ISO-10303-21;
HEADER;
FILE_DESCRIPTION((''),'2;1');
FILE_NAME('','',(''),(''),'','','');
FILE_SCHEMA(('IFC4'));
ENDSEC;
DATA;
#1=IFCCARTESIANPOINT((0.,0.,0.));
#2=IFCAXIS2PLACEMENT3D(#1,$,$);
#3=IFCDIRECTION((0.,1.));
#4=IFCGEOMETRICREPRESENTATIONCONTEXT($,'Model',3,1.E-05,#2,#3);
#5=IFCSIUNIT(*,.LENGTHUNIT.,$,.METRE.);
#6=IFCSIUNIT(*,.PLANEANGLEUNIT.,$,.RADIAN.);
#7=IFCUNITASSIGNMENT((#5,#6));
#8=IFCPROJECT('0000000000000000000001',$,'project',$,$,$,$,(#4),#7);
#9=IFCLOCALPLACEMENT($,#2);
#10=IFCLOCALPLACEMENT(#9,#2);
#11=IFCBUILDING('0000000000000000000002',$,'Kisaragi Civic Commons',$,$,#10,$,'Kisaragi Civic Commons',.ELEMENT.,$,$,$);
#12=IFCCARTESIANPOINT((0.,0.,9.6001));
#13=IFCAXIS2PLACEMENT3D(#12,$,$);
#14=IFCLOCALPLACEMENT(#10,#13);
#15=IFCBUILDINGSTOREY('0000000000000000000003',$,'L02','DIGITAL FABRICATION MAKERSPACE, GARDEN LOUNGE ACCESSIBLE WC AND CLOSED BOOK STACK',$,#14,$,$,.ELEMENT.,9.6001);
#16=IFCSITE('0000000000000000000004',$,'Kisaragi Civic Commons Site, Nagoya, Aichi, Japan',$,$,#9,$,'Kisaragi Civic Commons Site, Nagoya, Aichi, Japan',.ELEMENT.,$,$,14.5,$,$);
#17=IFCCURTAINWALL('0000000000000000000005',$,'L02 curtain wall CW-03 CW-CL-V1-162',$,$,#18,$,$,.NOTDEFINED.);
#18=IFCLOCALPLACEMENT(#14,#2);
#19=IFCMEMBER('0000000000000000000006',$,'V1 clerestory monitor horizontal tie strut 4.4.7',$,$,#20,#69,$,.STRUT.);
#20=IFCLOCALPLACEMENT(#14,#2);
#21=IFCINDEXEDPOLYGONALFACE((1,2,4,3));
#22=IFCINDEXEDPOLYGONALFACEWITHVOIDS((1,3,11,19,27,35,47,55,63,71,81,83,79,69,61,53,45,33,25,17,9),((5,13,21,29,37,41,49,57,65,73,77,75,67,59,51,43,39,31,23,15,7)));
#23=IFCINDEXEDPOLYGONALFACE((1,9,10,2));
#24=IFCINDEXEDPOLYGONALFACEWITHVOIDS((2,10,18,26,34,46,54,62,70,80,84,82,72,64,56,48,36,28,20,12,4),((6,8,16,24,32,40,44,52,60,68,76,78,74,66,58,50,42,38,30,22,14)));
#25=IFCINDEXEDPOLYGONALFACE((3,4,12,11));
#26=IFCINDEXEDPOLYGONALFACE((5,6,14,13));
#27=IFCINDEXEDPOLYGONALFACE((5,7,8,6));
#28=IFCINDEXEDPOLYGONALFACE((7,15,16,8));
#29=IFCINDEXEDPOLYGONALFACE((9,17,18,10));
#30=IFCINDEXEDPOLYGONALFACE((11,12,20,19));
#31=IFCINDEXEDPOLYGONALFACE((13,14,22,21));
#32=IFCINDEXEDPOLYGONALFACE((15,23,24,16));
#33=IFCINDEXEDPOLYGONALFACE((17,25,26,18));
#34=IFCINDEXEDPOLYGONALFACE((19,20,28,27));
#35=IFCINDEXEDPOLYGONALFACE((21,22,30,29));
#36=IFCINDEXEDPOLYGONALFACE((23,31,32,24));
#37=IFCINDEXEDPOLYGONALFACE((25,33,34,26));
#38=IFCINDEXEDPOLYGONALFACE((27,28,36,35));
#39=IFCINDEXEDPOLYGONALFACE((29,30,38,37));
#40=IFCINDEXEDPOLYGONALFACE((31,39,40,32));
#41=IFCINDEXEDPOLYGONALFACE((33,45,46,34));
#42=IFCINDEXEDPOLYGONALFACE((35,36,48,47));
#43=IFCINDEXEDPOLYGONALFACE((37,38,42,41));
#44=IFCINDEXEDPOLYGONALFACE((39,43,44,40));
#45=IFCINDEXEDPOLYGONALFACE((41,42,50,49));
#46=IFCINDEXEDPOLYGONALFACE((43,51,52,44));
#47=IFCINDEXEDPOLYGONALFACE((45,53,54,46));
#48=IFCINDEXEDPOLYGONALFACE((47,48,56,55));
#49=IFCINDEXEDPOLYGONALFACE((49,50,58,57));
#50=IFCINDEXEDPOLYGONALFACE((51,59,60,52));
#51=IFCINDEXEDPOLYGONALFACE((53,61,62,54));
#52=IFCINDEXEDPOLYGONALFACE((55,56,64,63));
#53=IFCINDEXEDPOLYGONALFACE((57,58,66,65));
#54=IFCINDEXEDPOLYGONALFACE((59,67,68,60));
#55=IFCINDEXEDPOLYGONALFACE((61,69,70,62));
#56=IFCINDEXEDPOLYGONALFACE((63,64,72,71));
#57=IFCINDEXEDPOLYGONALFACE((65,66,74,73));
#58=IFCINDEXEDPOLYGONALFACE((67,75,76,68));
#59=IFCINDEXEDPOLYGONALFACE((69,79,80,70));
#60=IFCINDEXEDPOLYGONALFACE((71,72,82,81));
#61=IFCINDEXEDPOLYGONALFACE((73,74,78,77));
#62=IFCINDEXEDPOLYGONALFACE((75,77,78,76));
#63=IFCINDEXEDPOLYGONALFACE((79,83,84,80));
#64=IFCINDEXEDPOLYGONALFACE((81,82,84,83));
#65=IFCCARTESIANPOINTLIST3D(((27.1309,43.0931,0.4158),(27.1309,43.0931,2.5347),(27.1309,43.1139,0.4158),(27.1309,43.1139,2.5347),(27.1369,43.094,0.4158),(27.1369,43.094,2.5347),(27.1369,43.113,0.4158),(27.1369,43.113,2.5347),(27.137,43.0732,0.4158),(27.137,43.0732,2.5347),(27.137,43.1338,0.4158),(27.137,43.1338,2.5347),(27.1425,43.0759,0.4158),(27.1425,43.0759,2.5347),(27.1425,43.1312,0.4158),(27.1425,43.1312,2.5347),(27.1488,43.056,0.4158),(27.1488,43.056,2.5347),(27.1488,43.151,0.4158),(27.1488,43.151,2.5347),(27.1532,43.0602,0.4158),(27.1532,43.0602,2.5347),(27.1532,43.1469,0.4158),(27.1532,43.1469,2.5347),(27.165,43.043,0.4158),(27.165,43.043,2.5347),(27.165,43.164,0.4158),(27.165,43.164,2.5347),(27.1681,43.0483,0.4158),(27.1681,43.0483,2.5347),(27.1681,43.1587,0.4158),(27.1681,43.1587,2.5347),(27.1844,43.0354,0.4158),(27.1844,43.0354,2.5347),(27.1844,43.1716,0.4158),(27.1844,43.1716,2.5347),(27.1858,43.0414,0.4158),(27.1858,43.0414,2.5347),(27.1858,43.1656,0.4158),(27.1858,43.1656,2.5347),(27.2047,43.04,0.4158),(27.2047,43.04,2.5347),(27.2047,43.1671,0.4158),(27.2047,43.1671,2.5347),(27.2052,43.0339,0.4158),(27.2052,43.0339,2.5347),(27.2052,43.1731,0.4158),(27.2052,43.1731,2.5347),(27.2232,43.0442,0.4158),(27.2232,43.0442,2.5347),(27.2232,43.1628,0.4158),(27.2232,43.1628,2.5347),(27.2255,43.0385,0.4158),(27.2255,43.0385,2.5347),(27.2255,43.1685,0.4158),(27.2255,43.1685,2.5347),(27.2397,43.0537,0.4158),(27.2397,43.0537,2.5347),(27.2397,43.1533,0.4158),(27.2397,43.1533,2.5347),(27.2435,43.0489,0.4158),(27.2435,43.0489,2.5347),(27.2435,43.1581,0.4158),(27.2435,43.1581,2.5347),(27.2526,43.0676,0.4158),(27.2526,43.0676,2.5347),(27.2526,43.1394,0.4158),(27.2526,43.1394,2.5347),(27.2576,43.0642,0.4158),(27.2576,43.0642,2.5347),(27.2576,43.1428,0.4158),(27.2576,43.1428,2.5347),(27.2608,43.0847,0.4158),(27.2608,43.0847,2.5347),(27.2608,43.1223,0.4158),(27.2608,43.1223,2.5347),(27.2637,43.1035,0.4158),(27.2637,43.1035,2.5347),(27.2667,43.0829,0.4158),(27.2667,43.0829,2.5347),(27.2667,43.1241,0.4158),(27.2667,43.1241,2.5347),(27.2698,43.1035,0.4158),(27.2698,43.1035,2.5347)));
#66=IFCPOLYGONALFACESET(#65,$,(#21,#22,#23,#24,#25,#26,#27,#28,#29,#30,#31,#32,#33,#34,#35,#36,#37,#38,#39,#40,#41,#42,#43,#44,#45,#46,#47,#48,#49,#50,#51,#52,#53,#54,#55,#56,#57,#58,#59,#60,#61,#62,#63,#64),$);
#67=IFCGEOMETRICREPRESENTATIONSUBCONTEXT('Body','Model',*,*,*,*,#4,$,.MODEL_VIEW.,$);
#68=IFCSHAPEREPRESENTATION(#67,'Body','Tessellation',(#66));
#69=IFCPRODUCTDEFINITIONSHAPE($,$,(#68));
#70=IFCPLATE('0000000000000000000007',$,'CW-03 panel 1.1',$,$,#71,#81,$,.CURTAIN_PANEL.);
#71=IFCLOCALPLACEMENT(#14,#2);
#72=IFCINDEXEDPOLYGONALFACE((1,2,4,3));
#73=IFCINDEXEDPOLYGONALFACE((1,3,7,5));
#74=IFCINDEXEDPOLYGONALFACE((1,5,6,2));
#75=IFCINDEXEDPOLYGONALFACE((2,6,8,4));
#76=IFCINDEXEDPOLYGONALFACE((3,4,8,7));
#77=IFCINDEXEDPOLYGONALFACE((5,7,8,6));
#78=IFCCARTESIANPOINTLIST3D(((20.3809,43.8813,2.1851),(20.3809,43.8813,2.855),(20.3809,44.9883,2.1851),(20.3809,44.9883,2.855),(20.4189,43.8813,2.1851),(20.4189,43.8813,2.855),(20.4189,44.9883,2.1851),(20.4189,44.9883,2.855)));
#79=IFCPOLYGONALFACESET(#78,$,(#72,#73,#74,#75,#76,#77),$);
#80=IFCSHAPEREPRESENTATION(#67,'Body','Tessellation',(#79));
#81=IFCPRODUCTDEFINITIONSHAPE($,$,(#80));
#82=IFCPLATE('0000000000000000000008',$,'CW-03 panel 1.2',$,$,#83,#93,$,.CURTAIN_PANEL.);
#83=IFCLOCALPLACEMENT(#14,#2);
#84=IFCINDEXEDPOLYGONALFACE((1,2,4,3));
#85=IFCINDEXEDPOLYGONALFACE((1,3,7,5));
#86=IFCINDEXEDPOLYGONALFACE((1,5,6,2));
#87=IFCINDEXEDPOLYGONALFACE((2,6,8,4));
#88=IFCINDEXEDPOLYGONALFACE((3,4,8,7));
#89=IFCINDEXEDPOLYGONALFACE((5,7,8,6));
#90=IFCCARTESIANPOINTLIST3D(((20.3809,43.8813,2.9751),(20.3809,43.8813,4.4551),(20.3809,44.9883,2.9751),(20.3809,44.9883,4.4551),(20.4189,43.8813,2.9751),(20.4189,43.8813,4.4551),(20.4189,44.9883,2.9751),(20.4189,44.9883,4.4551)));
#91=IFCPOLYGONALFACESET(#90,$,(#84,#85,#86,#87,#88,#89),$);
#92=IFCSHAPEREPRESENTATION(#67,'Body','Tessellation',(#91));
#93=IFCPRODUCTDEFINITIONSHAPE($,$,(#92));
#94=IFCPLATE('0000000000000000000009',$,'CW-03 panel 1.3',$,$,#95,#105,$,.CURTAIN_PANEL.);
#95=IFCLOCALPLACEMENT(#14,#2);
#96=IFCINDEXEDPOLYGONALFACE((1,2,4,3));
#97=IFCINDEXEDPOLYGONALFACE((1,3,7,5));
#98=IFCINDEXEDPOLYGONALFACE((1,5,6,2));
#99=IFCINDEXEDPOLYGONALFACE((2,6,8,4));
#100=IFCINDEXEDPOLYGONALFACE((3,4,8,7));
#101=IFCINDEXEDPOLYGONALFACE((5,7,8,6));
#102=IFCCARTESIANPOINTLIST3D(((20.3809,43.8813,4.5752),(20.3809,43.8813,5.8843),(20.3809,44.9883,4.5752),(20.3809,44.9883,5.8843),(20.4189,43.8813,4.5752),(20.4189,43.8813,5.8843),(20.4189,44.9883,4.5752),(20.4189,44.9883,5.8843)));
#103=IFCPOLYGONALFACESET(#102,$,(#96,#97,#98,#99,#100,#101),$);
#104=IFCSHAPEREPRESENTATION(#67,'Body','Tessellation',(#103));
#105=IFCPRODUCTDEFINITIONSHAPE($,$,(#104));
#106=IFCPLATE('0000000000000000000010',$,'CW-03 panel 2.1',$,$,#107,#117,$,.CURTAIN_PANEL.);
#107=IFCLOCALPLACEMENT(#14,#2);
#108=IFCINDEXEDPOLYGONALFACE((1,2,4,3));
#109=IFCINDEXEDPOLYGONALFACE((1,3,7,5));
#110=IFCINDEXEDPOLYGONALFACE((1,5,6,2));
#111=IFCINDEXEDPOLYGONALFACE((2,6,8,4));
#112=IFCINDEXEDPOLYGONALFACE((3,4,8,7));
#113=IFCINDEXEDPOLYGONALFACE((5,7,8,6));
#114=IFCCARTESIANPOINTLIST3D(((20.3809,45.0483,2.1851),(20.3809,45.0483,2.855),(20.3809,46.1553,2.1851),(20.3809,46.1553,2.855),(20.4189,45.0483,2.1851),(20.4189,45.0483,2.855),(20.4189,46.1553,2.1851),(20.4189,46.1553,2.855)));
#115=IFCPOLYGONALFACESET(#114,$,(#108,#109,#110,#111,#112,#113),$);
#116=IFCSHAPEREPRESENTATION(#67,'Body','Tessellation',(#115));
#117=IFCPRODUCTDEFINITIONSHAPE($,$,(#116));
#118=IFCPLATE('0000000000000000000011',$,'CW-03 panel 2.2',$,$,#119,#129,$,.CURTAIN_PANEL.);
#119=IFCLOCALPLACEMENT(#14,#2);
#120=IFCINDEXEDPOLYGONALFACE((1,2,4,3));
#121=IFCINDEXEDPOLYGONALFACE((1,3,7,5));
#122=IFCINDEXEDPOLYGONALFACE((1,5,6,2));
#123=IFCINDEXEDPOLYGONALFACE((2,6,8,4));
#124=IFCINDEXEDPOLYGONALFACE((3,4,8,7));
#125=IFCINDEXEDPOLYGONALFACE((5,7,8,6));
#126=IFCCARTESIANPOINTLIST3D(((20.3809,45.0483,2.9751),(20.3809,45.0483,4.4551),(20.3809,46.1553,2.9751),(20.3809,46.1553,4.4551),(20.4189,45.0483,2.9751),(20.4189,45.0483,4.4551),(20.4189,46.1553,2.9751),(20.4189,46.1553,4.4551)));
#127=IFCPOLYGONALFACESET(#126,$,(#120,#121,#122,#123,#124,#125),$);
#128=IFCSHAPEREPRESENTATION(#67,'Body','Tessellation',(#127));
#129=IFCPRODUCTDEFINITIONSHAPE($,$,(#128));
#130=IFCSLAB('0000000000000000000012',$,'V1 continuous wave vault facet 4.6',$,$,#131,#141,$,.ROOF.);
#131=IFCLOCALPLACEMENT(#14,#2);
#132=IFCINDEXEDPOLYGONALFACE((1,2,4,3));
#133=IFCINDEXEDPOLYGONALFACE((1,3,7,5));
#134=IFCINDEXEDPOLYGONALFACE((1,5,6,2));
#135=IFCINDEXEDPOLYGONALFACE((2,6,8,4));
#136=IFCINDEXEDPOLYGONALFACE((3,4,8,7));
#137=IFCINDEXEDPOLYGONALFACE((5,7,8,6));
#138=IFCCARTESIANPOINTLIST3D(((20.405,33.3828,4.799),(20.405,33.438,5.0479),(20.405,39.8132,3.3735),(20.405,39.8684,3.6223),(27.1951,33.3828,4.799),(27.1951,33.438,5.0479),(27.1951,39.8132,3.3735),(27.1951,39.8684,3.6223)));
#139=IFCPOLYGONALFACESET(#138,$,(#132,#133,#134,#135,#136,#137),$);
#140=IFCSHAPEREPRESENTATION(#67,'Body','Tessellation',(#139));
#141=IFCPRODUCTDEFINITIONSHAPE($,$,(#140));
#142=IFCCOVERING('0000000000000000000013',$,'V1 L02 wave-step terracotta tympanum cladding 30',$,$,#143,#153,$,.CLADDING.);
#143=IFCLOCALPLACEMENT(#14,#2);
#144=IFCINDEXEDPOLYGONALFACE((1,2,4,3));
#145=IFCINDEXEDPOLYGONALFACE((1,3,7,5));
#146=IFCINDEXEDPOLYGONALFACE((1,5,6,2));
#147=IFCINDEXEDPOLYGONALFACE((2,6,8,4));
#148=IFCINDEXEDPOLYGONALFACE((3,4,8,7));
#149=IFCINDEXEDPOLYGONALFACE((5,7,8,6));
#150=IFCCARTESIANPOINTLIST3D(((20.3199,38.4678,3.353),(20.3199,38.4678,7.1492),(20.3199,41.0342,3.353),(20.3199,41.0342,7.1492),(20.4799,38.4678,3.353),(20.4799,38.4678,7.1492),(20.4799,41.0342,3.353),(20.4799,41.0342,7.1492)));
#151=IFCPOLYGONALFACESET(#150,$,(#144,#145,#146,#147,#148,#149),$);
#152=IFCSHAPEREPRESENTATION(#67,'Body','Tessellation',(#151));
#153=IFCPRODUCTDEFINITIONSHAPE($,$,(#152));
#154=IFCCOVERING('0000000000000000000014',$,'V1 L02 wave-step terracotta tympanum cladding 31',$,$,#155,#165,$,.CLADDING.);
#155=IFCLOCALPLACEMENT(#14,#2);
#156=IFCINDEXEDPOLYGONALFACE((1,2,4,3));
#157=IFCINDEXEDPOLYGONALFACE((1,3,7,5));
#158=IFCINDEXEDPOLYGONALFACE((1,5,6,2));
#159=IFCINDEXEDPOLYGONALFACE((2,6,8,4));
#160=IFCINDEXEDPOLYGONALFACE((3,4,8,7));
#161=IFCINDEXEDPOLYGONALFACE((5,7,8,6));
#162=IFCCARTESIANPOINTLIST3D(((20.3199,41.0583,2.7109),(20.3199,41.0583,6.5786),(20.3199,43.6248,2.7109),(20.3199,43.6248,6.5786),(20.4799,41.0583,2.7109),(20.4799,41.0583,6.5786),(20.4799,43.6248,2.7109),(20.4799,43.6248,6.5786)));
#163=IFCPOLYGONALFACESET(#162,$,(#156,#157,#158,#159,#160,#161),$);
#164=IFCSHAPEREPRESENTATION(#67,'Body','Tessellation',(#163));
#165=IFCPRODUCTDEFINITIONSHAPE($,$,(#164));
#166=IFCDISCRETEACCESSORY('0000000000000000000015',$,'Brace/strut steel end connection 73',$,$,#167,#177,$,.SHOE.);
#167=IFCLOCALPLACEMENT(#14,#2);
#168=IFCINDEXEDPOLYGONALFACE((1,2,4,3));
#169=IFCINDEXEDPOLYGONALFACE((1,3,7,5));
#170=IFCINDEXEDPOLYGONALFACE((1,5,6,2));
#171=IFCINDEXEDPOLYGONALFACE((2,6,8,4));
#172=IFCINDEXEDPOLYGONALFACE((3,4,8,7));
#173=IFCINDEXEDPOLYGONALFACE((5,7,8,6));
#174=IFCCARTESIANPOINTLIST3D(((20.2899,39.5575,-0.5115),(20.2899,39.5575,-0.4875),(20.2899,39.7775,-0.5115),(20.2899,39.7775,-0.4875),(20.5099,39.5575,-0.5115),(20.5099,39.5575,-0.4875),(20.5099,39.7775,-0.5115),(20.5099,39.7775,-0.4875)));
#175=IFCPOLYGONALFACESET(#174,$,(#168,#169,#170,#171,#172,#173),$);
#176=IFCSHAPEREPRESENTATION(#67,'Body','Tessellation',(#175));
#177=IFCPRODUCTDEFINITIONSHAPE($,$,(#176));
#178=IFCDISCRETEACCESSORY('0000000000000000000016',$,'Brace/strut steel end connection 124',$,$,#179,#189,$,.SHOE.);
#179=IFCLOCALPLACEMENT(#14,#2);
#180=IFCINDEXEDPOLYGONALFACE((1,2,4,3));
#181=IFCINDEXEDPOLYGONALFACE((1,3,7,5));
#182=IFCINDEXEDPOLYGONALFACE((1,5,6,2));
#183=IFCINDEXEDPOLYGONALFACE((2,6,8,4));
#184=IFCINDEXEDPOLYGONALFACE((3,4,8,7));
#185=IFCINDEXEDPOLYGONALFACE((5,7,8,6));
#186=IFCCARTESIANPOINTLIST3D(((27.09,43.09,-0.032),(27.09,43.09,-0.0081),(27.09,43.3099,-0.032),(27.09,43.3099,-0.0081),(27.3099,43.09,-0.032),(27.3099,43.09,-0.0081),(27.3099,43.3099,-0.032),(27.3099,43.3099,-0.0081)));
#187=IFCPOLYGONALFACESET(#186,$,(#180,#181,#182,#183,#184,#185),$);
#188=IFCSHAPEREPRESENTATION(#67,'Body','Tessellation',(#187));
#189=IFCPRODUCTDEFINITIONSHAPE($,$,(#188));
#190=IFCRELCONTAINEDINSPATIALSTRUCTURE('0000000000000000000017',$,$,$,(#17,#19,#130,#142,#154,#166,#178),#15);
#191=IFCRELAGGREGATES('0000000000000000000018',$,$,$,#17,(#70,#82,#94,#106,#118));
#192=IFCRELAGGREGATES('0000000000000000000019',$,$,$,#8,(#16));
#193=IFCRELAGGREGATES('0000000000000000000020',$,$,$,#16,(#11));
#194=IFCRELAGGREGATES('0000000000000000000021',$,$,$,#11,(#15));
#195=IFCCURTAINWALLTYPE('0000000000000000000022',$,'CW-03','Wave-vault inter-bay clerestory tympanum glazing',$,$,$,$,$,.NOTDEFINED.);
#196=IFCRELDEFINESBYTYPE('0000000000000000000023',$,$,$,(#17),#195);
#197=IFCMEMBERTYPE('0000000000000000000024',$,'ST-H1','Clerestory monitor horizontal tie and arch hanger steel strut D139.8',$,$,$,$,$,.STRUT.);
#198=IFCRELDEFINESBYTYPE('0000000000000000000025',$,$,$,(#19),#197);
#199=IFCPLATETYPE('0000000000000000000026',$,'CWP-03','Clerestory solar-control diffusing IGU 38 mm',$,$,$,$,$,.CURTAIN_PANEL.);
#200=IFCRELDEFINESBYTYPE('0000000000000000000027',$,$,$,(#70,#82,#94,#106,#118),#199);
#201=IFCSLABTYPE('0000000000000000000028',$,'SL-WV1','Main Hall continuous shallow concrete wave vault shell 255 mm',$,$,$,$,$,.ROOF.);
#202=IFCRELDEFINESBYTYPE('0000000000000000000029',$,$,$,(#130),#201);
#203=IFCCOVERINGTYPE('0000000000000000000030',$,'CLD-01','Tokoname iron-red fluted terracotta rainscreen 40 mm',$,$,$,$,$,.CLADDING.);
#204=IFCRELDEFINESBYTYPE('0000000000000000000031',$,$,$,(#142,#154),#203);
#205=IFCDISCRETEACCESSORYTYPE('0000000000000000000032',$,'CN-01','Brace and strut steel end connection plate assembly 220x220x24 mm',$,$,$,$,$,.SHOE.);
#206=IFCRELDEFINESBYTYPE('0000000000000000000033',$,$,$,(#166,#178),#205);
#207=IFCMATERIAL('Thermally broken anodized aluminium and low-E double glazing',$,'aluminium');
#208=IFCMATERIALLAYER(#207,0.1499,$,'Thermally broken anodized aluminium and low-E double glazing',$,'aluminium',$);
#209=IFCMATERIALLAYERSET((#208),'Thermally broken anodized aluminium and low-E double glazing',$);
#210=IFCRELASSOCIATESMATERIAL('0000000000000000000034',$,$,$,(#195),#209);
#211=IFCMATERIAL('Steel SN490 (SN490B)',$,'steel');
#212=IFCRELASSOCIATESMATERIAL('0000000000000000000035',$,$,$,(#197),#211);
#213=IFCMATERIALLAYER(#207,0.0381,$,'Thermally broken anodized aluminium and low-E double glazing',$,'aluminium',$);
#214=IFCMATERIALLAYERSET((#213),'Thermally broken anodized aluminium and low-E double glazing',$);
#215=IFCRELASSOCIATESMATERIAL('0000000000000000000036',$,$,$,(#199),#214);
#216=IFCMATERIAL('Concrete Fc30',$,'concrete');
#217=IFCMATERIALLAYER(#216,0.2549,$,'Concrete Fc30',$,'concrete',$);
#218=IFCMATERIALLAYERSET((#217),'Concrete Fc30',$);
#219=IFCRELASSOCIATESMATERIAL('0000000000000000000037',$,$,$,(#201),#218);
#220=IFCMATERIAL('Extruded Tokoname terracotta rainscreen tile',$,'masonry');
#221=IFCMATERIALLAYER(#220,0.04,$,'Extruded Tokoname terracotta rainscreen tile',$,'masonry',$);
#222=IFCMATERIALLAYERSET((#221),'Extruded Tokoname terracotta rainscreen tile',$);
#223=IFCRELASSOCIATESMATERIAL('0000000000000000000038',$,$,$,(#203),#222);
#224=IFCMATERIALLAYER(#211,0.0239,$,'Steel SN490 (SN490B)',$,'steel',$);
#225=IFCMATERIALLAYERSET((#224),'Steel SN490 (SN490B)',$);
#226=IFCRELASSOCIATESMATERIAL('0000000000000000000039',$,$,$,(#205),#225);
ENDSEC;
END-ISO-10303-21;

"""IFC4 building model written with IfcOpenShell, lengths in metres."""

from ifc_helpers import new_model, si_unit, direction, frame, origin, origin_2d, place, context, subcontext, project, spatial, polyline, rectangle, hollow_circle, outline, extrude, material, layer, layer_set, material_profile, profile_set, type_object, element, aggregate, save


model = new_model("IFC4")

# Units and contexts
model_context = context("Model", 3, precision=1e-05, world=origin(), true_north=direction((0.0, 1.0)))
body_context = subcontext(model_context, "Body", "Model", "MODEL_VIEW")
ifc_project = project(units=[si_unit("LENGTHUNIT", "METRE"), si_unit("PLANEANGLEUNIT", "RADIAN")], contexts=[model_context])

# Site, building, storey
site_placement = place(None, origin())
site = spatial("IfcSite", under=ifc_project, at=site_placement, Name="Kisaragi Civic Commons Site, Nagoya, Aichi, Japan", LongName="Kisaragi Civic Commons Site, Nagoya, Aichi, Japan", CompositionType="ELEMENT", RefElevation=14.5)
building_placement = place(site_placement, origin())
building = spatial("IfcBuilding", under=site, at=building_placement, Name="Kisaragi Civic Commons", LongName="Kisaragi Civic Commons", CompositionType="ELEMENT")
storey_placement = place(building_placement, frame((0.0, 0.0, 9.6001)))
storey = spatial("IfcBuildingStorey", under=building, at=storey_placement, Name="L02", Description="DIGITAL FABRICATION MAKERSPACE, GARDEN LOUNGE ACCESSIBLE WC AND CLOSED BOOK STACK", CompositionType="ELEMENT", Elevation=9.6001)

# Curtain wall
ifc_material_1 = material(Name="Thermally broken anodized aluminium and low-E double glazing", Category="aluminium")
ifc_layer_1 = layer(ifc_material_1, 0.1499, Name="Thermally broken anodized aluminium and low-E double glazing", Category="aluminium")
ifc_layer_set_1 = layer_set([ifc_layer_1], Name="Thermally broken anodized aluminium and low-E double glazing")
curtain_wall_type = type_object("IfcCurtainWallType", Name="CW-03", Description="Wave-vault inter-bay clerestory tympanum glazing", PredefinedType="NOTDEFINED", material=ifc_layer_set_1)
curtain_wall_placement = place(storey_placement, origin())
curtain_wall = element("IfcCurtainWall", 1, at=curtain_wall_placement, inside=storey, type_object=curtain_wall_type, Name="L02 curtain wall CW-03 CW-CL-V1-162", PredefinedType="NOTDEFINED")

# Member
ifc_material_2 = material(Name="Steel SN490 (SN490B)", Category="steel")
ifc_material_profile_1 = material_profile(ifc_material_2, hollow_circle(Radius=0.0698, WallThickness=0.0061, at=origin_2d()), Name="CHS-139.8x6.0", Category="steel")
ifc_profile_set_1 = profile_set([ifc_material_profile_1], Name="Steel SN490 (SN490B)")
member_type_1 = type_object("IfcMemberType", Name="ST-H1", Description="Clerestory monitor horizontal tie and arch hanger steel strut D139.8", PredefinedType="STRUT", material=ifc_profile_set_1)
member_1_placement = place(storey_placement, frame((27.2, 43.1035, 0.4158), z_axis=(0.0, 0.0, 1.0), x_axis=(1.0, 0.0, 0.0)))
element("IfcMember", 2, at=member_1_placement, inside=storey, type_object=member_type_1, Name="V1 clerestory monitor horizontal tie strut 4.4.7", PredefinedType="STRUT", context=body_context, shape_type="SweptSolid", body=[
    extrude(hollow_circle(Radius=0.0698, WallThickness=0.0061, at=origin_2d()), origin(), (0.0, 0.0, 1.0), 2.1189),
])

# Plates
ifc_layer_2 = layer(ifc_material_1, 0.0381, Name="Thermally broken anodized aluminium and low-E double glazing", Category="aluminium")
ifc_layer_set_2 = layer_set([ifc_layer_2], Name="Thermally broken anodized aluminium and low-E double glazing")
plate_type = type_object("IfcPlateType", Name="CWP-03", Description="Clerestory solar-control diffusing IGU 38 mm", PredefinedType="CURTAIN_PANEL", material=ifc_layer_set_2)
plate_1_placement = place(storey_placement, frame((20.3999, 44.4348, 2.1851), z_axis=(0.0, 0.0, 1.0), x_axis=(0.0, 1.0, 0.0)))
plate_1 = element("IfcPlate", 3, at=plate_1_placement, type_object=plate_type, Name="CW-03 panel 1.1", PredefinedType="CURTAIN_PANEL", context=body_context, shape_type="SweptSolid", body=[
    extrude(rectangle(XDim=1.1069, YDim=0.0381, at=origin_2d()), origin(), (0.0, 0.0, 1.0), 0.6699),
])
plate_2_placement = place(storey_placement, frame((20.3999, 44.4348, 2.9751), z_axis=(0.0, 0.0, 1.0), x_axis=(0.0, 1.0, 0.0)))
plate_2 = element("IfcPlate", 4, at=plate_2_placement, type_object=plate_type, Name="CW-03 panel 1.2", PredefinedType="CURTAIN_PANEL", context=body_context, shape_type="SweptSolid", body=[
    extrude(rectangle(XDim=1.1069, YDim=0.0381, at=origin_2d()), origin(), (0.0, 0.0, 1.0), 1.48),
])
plate_3_placement = place(storey_placement, frame((20.3999, 44.4348, 4.5752), z_axis=(0.0, 0.0, 1.0), x_axis=(0.0, 1.0, 0.0)))
plate_3 = element("IfcPlate", 5, at=plate_3_placement, type_object=plate_type, Name="CW-03 panel 1.3", PredefinedType="CURTAIN_PANEL", context=body_context, shape_type="SweptSolid", body=[
    extrude(rectangle(XDim=1.1069, YDim=0.0381, at=origin_2d()), origin(), (0.0, 0.0, 1.0), 1.3091),
])
plate_4_placement = place(storey_placement, frame((20.3999, 45.6018, 2.1851), z_axis=(0.0, 0.0, 1.0), x_axis=(0.0, 1.0, 0.0)))
plate_4 = element("IfcPlate", 6, at=plate_4_placement, type_object=plate_type, Name="CW-03 panel 2.1", PredefinedType="CURTAIN_PANEL", context=body_context, shape_type="SweptSolid", body=[
    extrude(rectangle(XDim=1.1069, YDim=0.0381, at=origin_2d()), origin(), (0.0, 0.0, 1.0), 0.6699),
])
plate_5_placement = place(storey_placement, frame((20.3999, 45.6018, 2.9751), z_axis=(0.0, 0.0, 1.0), x_axis=(0.0, 1.0, 0.0)))
plate_5 = element("IfcPlate", 7, at=plate_5_placement, type_object=plate_type, Name="CW-03 panel 2.2", PredefinedType="CURTAIN_PANEL", context=body_context, shape_type="SweptSolid", body=[
    extrude(rectangle(XDim=1.1069, YDim=0.0381, at=origin_2d()), origin(), (0.0, 0.0, 1.0), 1.48),
])
aggregate(curtain_wall, [plate_1, plate_2, plate_3, plate_4, plate_5])

# Slab
ifc_material_3 = material(Name="Concrete Fc30", Category="concrete")
ifc_layer_3 = layer(ifc_material_3, 0.2549, Name="Concrete Fc30", Category="concrete")
ifc_layer_set_3 = layer_set([ifc_layer_3], Name="Concrete Fc30")
slab_type = type_object("IfcSlabType", Name="SL-WV1", Description="Main Hall continuous shallow concrete wave vault shell 255 mm", PredefinedType="ROOF", material=ifc_layer_set_3)
slab_placement = place(storey_placement, frame((27.1951, 39.8684, 3.6223), z_axis=(0.0, 0.216432, 0.976298), x_axis=(-1.0, 0.0, 0.0)))
element("IfcSlab", 8, at=slab_placement, inside=storey, type_object=slab_type, Name="V1 continuous wave vault facet 4.6", PredefinedType="ROOF", context=body_context, shape_type="SweptSolid", body=[
    extrude(outline(polyline([(0.0, 0.0), (6.79, 0.0), (6.79, 6.5865), (0.0, 6.5865), (0.0, 0.0)])), origin(), (0.0, 0.0, -1.0), 0.2549),
])

# Coverings
ifc_material_4 = material(Name="Extruded Tokoname terracotta rainscreen tile", Category="masonry")
ifc_layer_4 = layer(ifc_material_4, 0.04, Name="Extruded Tokoname terracotta rainscreen tile", Category="masonry")
ifc_layer_set_4 = layer_set([ifc_layer_4], Name="Extruded Tokoname terracotta rainscreen tile")
covering_type = type_object("IfcCoveringType", Name="CLD-01", Description="Tokoname iron-red fluted terracotta rainscreen 40 mm", PredefinedType="CLADDING", material=ifc_layer_set_4)
covering_1_placement = place(storey_placement, frame((20.3999, 39.751, 3.353), z_axis=(0.0, 0.0, 1.0), x_axis=(0.0, 1.0, 0.0)))
element("IfcCovering", 9, at=covering_1_placement, inside=storey, type_object=covering_type, Name="V1 L02 wave-step terracotta tympanum cladding 30", PredefinedType="CLADDING", context=body_context, shape_type="SweptSolid", body=[
    extrude(rectangle(XDim=2.5664, YDim=0.1599, at=origin_2d()), origin(), (0.0, 0.0, 1.0), 3.7961),
])
covering_2_placement = place(storey_placement, frame((20.3999, 42.3416, 2.7109), z_axis=(0.0, 0.0, 1.0), x_axis=(0.0, 1.0, 0.0)))
element("IfcCovering", 10, at=covering_2_placement, inside=storey, type_object=covering_type, Name="V1 L02 wave-step terracotta tympanum cladding 31", PredefinedType="CLADDING", context=body_context, shape_type="SweptSolid", body=[
    extrude(rectangle(XDim=2.5664, YDim=0.1599, at=origin_2d()), origin(), (0.0, 0.0, 1.0), 3.8677),
])

# Discrete accessories
ifc_layer_5 = layer(ifc_material_2, 0.0239, Name="Steel SN490 (SN490B)", Category="steel")
ifc_layer_set_5 = layer_set([ifc_layer_5], Name="Steel SN490 (SN490B)")
discrete_accessory_type = type_object("IfcDiscreteAccessoryType", Name="CN-01", Description="Brace and strut steel end connection plate assembly 220x220x24 mm", PredefinedType="SHOE", material=ifc_layer_set_5)
for number, where, z_axis, x_axis, name in (
    (11, (20.3999, 39.6675, -0.5115), (0.0, 0.0, 1.0), (1.0, 0.0, 0.0), "Brace/strut steel end connection 73"),
    (12, (27.2, 43.2, -0.032), (0.0, 0.0, 1.0), (1.0, 0.0, 0.0), "Brace/strut steel end connection 124"),
):
    element("IfcDiscreteAccessory", number, at=place(storey_placement, frame(where, z_axis=z_axis, x_axis=x_axis)), inside=storey, type_object=discrete_accessory_type, Name=name, PredefinedType="SHOE", context=body_context, shape_type="SweptSolid", body=[
        extrude(rectangle(XDim=0.22, YDim=0.22, at=origin_2d()), origin(), (0.0, 0.0, 1.0), 0.0239),
    ])

save(model, "model.ifc")
